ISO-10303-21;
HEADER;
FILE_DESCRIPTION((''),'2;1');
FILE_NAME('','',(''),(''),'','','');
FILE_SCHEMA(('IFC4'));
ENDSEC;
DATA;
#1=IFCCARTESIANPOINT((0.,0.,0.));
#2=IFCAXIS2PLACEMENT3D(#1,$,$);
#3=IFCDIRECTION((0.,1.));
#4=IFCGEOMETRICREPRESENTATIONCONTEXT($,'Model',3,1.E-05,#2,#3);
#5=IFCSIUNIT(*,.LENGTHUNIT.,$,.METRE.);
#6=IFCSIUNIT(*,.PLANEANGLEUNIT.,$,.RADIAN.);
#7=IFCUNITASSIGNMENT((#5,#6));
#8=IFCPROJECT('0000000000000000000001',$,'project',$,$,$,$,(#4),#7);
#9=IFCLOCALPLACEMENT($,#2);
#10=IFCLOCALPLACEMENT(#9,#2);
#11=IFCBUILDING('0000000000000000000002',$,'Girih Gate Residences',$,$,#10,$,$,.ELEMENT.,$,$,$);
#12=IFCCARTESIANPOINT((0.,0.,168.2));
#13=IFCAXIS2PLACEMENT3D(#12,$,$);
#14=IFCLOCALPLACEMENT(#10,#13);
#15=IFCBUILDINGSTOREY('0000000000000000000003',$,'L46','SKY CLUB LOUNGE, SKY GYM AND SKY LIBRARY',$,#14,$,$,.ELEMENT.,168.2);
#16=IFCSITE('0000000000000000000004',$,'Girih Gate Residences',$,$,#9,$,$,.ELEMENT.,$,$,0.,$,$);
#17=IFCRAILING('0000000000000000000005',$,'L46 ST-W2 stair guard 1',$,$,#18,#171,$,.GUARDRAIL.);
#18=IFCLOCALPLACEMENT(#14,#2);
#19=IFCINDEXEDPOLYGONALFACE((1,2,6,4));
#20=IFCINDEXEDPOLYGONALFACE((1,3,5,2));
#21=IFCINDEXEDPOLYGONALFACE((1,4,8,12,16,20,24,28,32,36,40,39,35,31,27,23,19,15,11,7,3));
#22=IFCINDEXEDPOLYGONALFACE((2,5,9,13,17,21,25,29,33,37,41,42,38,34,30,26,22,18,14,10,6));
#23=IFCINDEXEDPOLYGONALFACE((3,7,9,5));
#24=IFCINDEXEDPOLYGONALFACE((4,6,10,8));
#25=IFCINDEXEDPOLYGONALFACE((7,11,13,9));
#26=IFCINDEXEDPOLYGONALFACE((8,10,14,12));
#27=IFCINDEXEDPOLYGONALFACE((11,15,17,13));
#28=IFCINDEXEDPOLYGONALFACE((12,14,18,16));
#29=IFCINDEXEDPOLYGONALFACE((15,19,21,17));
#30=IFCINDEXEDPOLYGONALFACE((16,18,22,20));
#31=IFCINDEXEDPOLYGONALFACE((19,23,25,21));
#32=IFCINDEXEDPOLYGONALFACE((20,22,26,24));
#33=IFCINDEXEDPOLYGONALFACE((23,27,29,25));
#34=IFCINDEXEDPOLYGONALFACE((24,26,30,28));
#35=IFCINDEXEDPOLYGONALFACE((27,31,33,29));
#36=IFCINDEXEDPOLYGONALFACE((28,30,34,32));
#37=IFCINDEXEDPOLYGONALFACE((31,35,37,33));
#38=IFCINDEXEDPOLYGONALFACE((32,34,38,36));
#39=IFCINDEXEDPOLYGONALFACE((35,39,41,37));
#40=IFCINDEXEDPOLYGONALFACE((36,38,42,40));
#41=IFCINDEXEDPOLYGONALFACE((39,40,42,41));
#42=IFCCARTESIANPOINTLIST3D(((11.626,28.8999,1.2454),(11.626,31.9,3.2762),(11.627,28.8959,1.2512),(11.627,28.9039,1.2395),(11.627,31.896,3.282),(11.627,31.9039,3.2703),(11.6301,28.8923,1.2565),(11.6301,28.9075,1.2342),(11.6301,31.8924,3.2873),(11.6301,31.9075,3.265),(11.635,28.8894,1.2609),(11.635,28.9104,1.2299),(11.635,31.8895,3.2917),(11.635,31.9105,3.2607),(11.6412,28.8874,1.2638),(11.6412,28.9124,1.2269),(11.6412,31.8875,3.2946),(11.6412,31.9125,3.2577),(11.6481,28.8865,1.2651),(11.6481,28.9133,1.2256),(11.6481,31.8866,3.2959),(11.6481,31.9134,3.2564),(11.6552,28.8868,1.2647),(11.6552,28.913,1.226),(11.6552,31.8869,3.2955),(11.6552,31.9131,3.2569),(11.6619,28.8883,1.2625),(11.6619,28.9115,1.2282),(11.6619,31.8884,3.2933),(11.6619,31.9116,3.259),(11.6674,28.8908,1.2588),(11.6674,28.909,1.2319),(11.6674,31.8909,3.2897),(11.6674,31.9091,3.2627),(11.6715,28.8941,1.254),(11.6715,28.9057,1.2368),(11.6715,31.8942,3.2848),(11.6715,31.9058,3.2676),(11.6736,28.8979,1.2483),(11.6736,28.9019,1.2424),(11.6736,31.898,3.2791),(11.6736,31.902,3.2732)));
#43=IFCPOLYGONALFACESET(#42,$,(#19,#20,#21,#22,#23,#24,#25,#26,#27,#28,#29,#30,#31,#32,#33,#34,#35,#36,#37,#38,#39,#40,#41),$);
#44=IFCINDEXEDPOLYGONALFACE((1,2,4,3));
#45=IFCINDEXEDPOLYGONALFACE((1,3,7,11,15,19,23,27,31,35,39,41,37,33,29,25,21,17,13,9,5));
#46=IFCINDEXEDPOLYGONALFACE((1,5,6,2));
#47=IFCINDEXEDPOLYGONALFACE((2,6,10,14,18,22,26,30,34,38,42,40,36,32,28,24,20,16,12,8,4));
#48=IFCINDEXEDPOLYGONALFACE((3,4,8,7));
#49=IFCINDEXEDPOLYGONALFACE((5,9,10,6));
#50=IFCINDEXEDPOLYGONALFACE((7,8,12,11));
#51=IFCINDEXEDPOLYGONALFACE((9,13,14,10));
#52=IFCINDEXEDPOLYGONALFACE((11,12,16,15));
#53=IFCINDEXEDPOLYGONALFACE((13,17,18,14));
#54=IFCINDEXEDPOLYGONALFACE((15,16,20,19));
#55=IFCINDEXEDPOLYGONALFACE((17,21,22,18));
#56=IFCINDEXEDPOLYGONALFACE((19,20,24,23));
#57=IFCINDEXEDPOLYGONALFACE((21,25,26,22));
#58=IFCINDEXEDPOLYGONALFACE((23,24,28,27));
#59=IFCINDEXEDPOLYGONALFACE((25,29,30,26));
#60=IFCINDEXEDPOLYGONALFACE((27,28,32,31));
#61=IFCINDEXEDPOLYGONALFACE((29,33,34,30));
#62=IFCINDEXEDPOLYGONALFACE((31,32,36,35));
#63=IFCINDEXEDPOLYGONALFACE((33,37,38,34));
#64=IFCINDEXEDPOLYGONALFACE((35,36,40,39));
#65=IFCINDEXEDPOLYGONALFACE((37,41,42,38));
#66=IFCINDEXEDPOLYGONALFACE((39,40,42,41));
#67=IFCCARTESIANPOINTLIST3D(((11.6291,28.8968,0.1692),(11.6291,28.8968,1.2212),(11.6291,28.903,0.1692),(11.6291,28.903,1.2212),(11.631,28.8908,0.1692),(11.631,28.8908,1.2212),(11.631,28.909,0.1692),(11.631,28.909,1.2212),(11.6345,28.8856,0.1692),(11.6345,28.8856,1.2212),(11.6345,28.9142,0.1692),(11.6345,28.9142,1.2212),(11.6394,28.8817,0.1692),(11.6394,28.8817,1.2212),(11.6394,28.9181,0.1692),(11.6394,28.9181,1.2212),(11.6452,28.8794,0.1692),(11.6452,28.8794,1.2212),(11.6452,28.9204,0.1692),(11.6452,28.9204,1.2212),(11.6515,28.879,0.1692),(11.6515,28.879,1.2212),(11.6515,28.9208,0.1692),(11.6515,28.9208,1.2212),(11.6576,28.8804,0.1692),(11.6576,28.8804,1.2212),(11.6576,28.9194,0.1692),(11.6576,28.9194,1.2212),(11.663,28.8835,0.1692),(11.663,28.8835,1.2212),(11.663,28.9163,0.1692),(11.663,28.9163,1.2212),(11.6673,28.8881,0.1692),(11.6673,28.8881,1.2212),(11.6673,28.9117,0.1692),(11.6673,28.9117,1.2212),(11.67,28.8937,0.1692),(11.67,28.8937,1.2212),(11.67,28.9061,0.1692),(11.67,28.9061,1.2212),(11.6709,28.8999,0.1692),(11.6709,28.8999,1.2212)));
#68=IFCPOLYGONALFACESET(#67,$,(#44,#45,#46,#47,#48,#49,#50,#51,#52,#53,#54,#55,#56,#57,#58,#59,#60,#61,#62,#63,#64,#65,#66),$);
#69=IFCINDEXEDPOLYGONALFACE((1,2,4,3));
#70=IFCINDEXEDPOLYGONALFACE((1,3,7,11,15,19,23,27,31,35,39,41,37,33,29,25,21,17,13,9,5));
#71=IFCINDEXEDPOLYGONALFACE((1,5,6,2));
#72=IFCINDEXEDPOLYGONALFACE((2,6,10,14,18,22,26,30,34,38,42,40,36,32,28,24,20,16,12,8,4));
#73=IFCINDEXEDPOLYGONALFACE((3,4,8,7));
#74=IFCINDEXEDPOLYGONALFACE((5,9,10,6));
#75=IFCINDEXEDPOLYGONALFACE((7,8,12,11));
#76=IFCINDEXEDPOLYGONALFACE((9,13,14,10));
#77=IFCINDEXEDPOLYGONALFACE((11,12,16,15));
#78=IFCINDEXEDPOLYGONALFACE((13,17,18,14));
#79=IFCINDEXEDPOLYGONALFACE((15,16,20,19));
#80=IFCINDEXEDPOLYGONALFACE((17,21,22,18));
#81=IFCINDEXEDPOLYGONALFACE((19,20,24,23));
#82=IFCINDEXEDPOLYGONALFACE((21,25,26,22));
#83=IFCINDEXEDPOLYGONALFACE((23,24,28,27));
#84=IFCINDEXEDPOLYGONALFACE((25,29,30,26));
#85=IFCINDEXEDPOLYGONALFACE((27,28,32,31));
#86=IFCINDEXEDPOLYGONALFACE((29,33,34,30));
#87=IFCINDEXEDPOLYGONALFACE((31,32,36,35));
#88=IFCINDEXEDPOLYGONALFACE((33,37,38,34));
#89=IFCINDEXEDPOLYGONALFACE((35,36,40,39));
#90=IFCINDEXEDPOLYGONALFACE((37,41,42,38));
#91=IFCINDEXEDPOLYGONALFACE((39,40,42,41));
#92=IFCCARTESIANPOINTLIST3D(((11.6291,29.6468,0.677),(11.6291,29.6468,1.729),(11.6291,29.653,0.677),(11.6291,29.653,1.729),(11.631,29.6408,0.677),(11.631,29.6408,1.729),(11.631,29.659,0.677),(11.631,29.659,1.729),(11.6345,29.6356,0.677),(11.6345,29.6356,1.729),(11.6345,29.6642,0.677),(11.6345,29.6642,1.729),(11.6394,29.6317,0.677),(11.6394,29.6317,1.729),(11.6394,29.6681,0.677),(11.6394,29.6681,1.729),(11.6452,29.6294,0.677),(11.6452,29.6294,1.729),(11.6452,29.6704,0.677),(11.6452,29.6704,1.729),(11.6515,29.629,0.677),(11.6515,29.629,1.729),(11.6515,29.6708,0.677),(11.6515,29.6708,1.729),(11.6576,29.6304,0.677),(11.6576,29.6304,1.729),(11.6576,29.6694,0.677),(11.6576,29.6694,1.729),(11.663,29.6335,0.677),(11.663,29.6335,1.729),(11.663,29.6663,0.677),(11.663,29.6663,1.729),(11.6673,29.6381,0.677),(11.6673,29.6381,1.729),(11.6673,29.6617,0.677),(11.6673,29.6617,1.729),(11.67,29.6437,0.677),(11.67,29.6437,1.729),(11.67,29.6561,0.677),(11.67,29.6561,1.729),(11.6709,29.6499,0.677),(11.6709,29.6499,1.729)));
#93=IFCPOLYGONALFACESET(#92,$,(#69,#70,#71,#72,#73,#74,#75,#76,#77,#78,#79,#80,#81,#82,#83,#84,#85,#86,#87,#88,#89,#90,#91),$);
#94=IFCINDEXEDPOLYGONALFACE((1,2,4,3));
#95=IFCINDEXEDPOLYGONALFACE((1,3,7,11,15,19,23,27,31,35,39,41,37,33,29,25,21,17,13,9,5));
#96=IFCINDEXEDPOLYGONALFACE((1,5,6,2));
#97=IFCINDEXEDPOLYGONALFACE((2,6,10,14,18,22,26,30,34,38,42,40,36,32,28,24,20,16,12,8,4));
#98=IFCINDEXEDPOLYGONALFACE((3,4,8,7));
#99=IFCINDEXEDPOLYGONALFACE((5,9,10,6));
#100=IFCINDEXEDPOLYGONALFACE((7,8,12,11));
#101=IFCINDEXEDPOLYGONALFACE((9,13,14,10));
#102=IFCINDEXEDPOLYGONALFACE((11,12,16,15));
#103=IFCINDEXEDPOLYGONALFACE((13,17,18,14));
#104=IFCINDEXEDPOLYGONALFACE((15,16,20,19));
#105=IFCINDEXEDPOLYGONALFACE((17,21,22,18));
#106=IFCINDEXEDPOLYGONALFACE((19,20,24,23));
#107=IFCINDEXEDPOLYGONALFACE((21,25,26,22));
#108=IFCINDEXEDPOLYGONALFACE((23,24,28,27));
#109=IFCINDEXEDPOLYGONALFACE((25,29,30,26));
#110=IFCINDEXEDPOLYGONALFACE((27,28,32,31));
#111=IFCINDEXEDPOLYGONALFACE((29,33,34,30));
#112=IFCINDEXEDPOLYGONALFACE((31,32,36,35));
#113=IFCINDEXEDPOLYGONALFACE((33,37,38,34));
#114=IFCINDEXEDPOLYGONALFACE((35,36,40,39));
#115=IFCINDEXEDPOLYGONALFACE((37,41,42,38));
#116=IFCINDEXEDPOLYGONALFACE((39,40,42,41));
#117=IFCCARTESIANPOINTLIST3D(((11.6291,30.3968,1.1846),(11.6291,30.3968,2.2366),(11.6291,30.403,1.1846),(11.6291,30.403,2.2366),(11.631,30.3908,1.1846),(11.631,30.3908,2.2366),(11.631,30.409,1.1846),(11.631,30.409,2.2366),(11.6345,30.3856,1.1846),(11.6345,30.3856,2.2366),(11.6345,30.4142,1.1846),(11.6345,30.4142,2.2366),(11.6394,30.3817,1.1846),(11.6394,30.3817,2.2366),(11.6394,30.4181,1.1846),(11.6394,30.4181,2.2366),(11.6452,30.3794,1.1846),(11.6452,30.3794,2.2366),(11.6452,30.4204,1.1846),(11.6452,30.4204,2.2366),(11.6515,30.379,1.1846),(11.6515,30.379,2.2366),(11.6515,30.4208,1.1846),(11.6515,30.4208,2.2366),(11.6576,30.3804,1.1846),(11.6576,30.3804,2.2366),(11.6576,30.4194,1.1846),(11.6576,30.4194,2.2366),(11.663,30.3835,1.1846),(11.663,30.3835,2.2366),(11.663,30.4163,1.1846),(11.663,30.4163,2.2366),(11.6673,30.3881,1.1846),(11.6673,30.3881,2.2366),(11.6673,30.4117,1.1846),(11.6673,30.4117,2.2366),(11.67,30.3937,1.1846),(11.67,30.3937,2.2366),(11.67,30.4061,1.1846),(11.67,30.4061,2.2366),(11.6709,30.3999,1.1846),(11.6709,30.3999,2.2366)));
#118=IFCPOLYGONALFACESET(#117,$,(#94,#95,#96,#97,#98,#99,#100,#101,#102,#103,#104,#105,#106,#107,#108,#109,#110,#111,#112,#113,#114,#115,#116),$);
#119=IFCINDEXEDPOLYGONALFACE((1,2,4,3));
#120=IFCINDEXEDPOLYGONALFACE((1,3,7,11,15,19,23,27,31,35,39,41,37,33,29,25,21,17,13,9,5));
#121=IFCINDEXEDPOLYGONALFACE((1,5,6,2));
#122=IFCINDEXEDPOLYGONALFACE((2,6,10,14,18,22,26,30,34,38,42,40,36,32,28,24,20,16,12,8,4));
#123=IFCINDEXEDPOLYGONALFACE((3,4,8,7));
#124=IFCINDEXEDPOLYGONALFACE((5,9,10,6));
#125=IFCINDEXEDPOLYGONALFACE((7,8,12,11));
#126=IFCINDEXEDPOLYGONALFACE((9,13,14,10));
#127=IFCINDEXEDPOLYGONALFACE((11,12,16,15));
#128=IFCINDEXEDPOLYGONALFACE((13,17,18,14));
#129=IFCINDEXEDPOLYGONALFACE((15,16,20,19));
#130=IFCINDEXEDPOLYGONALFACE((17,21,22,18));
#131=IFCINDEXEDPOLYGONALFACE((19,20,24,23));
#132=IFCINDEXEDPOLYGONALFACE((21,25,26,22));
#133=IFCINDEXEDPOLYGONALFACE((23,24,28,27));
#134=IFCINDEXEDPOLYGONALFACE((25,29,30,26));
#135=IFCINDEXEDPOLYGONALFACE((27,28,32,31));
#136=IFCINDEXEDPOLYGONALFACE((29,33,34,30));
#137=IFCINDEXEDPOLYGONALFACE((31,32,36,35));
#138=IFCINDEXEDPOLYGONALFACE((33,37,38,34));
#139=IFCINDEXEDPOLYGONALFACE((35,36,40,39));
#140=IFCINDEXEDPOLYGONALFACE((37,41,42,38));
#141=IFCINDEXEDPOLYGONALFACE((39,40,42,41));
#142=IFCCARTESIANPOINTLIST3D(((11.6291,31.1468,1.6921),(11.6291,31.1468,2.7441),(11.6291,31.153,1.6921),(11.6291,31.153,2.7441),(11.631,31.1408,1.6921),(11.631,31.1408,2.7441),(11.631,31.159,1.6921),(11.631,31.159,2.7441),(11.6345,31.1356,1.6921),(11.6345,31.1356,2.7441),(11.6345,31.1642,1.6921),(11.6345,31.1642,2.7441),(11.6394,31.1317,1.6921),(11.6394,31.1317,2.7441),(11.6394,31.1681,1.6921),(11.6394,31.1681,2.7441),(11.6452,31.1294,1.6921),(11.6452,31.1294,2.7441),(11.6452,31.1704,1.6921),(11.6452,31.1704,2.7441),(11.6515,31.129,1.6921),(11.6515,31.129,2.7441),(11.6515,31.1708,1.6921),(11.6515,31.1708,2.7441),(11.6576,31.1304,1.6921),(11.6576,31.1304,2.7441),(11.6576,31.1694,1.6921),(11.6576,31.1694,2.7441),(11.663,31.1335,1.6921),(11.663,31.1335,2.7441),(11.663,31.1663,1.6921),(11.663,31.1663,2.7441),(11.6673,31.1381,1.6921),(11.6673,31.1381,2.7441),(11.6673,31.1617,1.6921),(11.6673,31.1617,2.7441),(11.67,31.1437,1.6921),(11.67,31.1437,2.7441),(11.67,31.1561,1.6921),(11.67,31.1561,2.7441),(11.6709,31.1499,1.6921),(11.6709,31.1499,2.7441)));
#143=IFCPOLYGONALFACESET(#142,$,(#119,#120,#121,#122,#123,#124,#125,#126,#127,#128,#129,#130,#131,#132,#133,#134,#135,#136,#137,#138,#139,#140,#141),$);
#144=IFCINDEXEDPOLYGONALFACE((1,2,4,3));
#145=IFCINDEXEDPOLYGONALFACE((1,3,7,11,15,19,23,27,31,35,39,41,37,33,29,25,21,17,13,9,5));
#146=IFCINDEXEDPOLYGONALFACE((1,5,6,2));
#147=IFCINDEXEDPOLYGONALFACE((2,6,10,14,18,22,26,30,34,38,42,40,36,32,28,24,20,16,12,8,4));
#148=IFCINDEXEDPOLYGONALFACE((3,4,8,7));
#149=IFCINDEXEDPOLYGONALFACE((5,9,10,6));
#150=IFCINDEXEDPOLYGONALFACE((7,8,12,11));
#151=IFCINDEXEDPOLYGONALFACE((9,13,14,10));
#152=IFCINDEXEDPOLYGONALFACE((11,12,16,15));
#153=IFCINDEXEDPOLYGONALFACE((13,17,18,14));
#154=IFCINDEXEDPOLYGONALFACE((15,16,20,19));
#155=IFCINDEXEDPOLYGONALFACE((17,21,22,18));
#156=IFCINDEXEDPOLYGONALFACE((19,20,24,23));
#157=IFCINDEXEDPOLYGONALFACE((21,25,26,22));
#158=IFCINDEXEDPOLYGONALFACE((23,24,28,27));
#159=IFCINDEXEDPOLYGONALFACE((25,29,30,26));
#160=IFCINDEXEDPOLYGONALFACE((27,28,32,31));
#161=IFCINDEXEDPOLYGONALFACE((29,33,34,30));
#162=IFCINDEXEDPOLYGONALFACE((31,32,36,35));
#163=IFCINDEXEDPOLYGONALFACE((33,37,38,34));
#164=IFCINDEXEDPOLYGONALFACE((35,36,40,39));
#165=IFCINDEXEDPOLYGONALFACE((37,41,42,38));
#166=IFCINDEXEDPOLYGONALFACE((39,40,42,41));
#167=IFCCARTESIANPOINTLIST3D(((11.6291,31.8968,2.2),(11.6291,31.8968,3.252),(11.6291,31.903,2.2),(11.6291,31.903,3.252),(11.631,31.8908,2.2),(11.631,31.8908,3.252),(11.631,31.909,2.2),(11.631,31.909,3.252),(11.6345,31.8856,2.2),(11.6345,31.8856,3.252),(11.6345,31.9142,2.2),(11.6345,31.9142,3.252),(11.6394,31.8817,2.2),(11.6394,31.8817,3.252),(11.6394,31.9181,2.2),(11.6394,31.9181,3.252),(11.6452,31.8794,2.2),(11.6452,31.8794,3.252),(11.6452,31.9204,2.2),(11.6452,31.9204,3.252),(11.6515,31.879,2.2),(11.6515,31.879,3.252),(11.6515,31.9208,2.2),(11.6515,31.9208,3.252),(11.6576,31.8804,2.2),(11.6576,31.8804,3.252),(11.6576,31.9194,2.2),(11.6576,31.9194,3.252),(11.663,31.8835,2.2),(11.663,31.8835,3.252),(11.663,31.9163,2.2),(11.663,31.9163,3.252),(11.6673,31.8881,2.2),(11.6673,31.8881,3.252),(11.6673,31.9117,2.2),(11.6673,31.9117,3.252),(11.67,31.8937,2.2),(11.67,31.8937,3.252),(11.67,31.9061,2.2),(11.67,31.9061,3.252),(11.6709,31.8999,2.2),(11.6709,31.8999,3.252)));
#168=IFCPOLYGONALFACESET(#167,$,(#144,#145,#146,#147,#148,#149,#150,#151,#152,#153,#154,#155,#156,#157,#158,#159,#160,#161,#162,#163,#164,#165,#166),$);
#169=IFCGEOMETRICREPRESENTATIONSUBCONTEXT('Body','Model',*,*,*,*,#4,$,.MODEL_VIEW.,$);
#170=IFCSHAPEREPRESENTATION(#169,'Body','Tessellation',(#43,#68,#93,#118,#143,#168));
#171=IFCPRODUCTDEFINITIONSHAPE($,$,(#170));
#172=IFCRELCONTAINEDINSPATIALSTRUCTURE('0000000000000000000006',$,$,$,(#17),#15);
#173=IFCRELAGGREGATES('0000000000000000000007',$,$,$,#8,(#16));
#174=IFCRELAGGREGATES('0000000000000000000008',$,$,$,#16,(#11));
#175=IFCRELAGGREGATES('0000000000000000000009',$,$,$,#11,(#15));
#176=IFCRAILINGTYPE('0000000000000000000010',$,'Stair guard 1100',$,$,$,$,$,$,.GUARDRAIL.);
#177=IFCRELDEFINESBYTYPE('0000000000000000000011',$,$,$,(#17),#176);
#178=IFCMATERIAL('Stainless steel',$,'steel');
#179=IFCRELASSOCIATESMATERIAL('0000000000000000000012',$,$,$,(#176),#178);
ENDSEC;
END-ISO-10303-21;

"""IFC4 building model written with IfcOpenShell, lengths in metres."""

from ifc_helpers import new_model, si_unit, direction, frame, origin, origin_2d, place, context, subcontext, project, spatial, circle, extrude, material, type_object, element, save


model = new_model("IFC4")

# Units and contexts
model_context = context("Model", 3, precision=1e-05, world=origin(), true_north=direction((0.0, 1.0)))
body_context = subcontext(model_context, "Body", "Model", "MODEL_VIEW")
ifc_project = project(units=[si_unit("LENGTHUNIT", "METRE"), si_unit("PLANEANGLEUNIT", "RADIAN")], contexts=[model_context])

# Site, building, storey
site_placement = place(None, origin())
site = spatial("IfcSite", under=ifc_project, at=site_placement, Name="Girih Gate Residences", CompositionType="ELEMENT", RefElevation=0.0)
building_placement = place(site_placement, origin())
building = spatial("IfcBuilding", under=site, at=building_placement, Name="Girih Gate Residences", CompositionType="ELEMENT")
storey_placement = place(building_placement, frame((0.0, 0.0, 168.2)))
storey = spatial("IfcBuildingStorey", under=building, at=storey_placement, Name="L46", Description="SKY CLUB LOUNGE, SKY GYM AND SKY LIBRARY", CompositionType="ELEMENT", Elevation=168.2)

# Railing
ifc_material_1 = material(Name="Stainless steel", Category="steel")
railing_type_1 = type_object("IfcRailingType", Name="Stair guard 1100", PredefinedType="GUARDRAIL", material=ifc_material_1)
railing_1_placement = place(storey_placement, frame((11.6499, 28.8999, 0.1692)))
element("IfcRailing", 1, at=railing_1_placement, inside=storey, type_object=railing_type_1, Name="L46 ST-W2 stair guard 1", PredefinedType="GUARDRAIL", context=body_context, shape_type="SweptSolid", body=[
    extrude(circle(Radius=0.0239, at=origin_2d()), frame((0.0, 0.0, 1.0762), z_axis=(0.0, 0.82811, 0.560565), x_axis=(-1.0, 0.0, 0.0)), (0.0, 0.0, 1.0), 3.6228),
    extrude(circle(Radius=0.021, at=origin_2d()), origin(), (0.0, 0.0, 1.0), 1.052),
    extrude(circle(Radius=0.021, at=origin_2d()), frame((0.0, 0.75, 0.5078)), (0.0, 0.0, 1.0), 1.052),
    extrude(circle(Radius=0.021, at=origin_2d()), frame((0.0, 1.5, 1.0154)), (0.0, 0.0, 1.0), 1.052),
    extrude(circle(Radius=0.021, at=origin_2d()), frame((0.0, 2.25, 1.5229)), (0.0, 0.0, 1.0), 1.052),
    extrude(circle(Radius=0.021, at=origin_2d()), frame((0.0, 3.0, 2.0308)), (0.0, 0.0, 1.0), 1.052),
])

save(model, "model.ifc")
